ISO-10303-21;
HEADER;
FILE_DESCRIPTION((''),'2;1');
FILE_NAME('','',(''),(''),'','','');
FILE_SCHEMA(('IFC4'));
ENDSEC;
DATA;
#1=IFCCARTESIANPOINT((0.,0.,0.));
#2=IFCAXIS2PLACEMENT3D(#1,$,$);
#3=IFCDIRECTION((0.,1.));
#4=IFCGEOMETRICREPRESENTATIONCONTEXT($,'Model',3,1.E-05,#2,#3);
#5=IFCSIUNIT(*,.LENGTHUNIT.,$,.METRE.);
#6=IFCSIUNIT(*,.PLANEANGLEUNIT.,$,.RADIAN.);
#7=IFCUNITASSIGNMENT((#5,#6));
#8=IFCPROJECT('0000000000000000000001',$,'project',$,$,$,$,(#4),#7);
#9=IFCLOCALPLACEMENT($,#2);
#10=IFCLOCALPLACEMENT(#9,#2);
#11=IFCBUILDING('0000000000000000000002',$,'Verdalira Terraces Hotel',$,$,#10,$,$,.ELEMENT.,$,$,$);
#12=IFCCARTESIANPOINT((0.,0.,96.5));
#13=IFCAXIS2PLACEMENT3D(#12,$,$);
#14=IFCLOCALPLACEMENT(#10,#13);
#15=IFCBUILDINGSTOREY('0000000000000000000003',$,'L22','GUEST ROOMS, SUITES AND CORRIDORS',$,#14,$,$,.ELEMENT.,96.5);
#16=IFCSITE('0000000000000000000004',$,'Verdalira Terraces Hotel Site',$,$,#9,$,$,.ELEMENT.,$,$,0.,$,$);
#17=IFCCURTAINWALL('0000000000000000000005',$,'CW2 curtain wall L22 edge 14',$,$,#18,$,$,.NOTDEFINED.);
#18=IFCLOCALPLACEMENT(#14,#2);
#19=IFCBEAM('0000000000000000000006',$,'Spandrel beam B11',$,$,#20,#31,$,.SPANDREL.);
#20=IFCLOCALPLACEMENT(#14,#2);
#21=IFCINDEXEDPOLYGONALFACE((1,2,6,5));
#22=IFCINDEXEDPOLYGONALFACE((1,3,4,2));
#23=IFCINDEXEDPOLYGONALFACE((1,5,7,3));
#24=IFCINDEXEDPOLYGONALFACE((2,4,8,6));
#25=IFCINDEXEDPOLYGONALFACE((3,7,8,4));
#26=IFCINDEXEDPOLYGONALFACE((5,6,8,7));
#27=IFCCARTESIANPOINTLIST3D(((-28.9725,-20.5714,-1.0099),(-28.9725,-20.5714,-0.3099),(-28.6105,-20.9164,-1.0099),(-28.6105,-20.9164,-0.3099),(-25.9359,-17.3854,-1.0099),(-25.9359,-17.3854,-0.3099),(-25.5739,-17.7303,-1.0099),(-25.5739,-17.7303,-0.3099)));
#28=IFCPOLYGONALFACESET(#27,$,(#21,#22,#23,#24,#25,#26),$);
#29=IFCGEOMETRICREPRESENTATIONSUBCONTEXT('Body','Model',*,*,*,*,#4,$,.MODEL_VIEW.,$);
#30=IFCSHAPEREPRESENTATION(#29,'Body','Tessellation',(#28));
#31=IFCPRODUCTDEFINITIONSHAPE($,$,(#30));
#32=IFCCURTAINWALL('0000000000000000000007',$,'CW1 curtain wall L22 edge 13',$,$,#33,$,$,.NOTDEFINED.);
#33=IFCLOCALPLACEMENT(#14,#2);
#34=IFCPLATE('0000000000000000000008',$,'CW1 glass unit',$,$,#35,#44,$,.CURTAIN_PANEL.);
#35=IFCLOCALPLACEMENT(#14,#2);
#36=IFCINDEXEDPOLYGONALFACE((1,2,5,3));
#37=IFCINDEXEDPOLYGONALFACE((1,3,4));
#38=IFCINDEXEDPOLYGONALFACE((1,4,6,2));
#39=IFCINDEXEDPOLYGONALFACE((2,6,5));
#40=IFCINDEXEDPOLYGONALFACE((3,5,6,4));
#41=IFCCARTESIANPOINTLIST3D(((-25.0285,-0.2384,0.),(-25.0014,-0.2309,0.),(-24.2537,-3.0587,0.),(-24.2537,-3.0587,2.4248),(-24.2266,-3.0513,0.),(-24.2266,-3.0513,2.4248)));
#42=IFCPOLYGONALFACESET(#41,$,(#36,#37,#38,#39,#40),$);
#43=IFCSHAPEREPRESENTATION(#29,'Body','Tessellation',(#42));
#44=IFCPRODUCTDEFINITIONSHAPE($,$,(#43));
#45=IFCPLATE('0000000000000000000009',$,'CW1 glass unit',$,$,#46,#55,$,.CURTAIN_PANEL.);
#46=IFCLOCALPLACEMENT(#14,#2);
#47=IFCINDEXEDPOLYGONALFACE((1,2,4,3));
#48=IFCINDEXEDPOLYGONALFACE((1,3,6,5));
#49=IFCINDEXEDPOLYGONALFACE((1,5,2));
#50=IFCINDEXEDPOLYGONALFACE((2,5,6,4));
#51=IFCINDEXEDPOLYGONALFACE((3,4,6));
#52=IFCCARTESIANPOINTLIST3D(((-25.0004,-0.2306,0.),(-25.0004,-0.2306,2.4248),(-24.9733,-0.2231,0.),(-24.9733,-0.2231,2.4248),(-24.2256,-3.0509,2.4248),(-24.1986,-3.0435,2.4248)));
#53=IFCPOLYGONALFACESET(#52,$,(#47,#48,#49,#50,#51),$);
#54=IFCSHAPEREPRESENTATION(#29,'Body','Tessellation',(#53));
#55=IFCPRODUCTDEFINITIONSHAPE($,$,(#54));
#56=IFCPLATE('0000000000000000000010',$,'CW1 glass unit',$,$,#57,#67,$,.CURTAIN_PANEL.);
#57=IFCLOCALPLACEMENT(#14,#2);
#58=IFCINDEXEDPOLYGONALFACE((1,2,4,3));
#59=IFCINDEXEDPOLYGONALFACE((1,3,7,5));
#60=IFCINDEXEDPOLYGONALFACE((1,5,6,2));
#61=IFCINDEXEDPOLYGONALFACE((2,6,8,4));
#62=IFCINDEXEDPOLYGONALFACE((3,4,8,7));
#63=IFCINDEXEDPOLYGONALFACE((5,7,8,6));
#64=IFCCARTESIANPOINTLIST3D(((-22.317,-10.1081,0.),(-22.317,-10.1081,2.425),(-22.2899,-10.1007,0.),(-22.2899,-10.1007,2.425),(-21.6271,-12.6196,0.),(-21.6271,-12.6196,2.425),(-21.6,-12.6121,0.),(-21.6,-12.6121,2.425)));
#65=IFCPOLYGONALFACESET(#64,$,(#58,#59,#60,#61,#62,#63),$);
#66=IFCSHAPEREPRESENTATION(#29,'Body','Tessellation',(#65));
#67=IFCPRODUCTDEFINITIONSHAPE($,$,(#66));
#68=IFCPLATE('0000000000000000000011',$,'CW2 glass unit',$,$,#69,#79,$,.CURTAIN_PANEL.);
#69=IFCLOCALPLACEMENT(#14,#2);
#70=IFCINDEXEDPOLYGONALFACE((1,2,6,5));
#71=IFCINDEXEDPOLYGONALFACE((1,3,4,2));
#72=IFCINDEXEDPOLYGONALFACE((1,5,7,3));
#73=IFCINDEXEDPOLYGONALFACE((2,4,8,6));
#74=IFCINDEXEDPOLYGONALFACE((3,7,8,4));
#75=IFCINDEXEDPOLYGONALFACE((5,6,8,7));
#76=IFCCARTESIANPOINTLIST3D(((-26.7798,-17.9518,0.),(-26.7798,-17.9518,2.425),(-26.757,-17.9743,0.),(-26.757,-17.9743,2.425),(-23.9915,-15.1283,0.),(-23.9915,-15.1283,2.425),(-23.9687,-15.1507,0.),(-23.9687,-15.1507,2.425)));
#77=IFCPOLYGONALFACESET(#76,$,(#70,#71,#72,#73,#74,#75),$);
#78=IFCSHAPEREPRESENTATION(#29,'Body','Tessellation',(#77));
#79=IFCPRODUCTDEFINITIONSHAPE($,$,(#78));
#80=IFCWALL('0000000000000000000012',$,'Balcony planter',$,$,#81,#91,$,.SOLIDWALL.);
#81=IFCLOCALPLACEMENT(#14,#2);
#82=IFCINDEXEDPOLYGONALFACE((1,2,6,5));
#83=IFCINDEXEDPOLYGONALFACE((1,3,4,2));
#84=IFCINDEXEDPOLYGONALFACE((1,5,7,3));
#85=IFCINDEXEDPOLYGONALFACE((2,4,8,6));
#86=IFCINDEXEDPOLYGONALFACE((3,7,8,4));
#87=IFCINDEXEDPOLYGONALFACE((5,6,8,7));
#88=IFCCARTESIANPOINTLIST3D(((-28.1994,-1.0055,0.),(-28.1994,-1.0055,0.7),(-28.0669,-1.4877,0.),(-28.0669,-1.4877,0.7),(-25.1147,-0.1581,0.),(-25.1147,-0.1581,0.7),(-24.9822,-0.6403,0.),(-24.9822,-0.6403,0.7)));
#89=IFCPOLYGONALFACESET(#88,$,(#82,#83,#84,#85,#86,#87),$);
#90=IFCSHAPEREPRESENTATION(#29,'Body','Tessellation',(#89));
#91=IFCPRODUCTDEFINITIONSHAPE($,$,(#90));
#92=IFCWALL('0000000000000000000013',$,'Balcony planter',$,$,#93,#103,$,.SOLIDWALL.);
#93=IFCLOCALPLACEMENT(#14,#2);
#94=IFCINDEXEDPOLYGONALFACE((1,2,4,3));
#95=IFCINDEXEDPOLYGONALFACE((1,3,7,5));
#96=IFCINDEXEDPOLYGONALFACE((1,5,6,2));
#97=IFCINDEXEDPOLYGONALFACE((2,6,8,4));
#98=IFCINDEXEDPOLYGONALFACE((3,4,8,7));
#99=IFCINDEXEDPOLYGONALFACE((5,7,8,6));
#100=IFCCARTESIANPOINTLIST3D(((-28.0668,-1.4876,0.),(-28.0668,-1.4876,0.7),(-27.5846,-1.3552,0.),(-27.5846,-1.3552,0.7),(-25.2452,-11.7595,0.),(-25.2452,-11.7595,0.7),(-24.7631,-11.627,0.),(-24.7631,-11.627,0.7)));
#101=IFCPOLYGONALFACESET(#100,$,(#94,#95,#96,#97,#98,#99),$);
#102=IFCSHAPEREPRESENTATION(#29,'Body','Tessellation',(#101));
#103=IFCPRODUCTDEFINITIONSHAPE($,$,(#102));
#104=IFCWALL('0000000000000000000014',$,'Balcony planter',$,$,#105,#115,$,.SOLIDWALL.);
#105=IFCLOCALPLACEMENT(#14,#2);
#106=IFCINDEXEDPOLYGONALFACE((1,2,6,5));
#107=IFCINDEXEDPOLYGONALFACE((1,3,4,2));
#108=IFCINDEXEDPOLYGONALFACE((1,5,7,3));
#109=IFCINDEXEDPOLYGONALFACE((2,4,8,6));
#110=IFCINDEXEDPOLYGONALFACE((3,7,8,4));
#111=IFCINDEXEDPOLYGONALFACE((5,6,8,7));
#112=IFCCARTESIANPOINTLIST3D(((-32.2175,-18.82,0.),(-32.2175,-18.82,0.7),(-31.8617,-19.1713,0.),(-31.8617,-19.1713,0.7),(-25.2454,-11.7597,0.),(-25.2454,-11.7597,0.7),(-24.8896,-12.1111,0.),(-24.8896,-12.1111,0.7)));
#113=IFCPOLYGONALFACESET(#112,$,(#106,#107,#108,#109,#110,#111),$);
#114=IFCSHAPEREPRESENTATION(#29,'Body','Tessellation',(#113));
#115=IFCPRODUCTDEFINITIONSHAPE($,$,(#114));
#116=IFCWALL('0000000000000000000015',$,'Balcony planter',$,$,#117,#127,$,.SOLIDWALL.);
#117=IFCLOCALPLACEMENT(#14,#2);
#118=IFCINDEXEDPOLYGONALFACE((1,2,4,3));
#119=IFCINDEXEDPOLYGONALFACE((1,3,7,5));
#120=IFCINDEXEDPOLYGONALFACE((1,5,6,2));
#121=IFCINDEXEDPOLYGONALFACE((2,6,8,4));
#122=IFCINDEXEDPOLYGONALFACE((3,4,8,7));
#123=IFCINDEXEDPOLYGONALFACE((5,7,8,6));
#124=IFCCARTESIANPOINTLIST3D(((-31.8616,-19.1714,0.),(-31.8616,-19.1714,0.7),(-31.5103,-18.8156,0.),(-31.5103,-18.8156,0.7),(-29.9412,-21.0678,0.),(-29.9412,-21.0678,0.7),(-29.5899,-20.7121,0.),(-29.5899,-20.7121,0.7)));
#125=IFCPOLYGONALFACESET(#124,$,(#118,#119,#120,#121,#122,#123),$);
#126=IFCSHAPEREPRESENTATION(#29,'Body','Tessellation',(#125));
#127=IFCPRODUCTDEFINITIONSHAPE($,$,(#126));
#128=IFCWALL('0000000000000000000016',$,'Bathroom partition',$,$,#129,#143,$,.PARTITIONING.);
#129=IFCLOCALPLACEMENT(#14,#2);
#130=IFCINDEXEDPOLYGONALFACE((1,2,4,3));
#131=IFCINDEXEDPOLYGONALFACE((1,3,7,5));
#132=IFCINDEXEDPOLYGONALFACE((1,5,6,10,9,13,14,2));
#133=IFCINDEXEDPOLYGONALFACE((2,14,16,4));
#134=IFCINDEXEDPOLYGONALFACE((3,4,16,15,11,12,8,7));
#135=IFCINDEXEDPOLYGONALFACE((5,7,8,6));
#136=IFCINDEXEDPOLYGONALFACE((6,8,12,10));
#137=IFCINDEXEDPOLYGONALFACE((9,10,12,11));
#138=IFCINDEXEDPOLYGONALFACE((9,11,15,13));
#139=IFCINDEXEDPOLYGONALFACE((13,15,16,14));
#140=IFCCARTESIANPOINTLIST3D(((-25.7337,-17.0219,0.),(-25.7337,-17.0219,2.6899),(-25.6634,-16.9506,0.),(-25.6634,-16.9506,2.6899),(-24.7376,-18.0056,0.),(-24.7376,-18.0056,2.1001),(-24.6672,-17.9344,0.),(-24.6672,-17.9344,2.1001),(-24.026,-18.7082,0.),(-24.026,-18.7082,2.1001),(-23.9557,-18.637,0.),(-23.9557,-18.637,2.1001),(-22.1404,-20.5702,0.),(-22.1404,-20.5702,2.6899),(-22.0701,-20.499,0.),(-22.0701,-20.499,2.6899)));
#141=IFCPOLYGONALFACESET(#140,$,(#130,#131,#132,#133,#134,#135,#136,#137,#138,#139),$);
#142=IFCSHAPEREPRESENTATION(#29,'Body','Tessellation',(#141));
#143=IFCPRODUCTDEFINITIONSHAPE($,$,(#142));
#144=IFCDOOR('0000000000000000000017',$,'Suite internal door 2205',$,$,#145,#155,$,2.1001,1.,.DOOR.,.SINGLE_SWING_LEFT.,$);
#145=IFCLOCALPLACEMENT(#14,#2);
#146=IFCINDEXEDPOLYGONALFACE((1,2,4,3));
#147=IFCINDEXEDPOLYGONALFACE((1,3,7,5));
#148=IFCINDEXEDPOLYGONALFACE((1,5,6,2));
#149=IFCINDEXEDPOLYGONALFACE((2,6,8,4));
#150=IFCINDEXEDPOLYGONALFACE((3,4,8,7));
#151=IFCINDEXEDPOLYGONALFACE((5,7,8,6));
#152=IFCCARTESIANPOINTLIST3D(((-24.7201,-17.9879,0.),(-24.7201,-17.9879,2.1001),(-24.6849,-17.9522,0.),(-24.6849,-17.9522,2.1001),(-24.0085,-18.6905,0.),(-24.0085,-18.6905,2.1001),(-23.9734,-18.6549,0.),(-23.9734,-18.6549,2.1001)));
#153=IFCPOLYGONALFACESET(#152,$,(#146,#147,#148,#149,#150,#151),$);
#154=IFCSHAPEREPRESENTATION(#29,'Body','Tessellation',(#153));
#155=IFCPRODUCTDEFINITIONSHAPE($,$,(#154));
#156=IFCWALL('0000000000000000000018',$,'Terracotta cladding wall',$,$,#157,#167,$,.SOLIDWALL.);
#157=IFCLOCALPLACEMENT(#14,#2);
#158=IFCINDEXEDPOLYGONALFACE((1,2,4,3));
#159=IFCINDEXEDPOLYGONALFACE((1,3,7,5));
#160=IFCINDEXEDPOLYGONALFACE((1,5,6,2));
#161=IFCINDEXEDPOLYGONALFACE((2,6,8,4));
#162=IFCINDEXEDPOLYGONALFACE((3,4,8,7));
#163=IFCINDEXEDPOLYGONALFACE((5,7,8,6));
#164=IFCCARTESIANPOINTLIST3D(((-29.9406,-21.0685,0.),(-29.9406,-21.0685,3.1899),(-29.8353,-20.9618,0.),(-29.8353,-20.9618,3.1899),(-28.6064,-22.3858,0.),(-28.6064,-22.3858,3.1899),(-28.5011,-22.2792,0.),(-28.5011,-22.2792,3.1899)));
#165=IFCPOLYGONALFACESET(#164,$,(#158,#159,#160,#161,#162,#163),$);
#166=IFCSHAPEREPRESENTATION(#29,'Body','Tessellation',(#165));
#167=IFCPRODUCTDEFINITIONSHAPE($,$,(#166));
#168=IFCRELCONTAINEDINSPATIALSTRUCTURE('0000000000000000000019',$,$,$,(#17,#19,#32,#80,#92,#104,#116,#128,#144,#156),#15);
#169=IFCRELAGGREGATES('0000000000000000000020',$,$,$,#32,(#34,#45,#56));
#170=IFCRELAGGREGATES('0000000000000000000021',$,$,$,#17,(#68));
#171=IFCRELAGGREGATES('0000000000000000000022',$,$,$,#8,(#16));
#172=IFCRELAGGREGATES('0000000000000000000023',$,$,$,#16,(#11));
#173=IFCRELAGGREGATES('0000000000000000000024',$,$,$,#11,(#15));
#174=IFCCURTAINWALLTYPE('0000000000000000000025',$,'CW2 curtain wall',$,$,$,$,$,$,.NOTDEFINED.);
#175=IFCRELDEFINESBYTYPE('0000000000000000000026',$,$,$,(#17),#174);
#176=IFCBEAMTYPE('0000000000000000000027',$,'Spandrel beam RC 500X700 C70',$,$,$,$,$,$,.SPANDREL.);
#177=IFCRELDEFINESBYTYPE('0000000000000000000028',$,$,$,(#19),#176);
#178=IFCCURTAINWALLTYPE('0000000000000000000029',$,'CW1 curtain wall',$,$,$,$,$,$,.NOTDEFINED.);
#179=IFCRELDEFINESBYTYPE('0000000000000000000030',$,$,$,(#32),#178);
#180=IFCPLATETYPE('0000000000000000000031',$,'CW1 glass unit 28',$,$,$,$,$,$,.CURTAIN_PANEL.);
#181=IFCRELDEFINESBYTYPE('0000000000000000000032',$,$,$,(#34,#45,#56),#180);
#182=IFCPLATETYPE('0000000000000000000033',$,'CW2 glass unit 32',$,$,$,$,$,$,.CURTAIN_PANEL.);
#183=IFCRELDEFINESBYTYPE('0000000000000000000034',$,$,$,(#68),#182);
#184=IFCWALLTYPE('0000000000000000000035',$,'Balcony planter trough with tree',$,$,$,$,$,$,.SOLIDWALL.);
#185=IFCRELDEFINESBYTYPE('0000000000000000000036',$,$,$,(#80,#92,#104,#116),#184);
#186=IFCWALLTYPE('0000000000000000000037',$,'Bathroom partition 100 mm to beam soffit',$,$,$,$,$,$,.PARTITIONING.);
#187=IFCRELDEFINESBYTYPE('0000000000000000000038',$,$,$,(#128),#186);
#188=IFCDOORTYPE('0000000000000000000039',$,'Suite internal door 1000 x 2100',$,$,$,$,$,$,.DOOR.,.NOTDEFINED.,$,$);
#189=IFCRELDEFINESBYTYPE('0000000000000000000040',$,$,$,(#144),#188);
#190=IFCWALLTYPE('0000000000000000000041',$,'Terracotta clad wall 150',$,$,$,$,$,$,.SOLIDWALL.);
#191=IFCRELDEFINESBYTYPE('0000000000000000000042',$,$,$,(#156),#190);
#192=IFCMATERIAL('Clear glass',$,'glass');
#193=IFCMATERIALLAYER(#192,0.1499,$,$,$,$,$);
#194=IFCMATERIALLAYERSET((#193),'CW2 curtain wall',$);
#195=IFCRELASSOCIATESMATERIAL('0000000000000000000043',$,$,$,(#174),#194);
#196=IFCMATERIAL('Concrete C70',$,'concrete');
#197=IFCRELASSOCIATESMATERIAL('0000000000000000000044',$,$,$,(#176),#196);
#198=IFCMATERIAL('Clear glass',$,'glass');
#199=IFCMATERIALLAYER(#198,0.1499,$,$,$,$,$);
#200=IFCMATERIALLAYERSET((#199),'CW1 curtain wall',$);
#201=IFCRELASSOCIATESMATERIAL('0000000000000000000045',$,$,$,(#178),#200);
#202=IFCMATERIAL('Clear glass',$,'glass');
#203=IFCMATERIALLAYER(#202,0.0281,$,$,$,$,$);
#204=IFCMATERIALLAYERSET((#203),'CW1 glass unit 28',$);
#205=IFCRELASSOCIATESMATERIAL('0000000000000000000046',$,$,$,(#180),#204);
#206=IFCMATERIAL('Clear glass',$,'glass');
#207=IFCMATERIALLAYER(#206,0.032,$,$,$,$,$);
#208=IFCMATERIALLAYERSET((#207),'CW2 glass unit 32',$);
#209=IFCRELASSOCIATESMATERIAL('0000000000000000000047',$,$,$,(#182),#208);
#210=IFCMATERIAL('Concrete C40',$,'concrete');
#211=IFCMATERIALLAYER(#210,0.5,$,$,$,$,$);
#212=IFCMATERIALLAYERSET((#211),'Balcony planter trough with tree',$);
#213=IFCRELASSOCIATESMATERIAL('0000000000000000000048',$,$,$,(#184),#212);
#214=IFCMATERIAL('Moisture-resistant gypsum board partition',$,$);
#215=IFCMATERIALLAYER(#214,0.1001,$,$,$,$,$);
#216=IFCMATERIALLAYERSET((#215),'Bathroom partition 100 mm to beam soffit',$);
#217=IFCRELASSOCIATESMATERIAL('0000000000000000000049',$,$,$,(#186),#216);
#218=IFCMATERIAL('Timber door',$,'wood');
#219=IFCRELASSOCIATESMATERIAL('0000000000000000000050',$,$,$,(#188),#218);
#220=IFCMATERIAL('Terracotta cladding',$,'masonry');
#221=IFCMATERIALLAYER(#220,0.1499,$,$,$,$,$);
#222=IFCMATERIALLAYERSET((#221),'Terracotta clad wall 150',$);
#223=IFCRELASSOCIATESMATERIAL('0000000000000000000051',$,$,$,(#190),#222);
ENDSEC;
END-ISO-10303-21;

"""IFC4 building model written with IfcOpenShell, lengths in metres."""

from ifc_helpers import new_model, si_unit, direction, frame, frame_2d, origin, origin_2d, place, context, subcontext, project, spatial, polyline, rectangle, outline, extrude, material, layer, layer_set, material_profile, profile_set, type_object, element, fill, aggregate, save


model = new_model("IFC4")

# Units and contexts
model_context = context("Model", 3, precision=1e-05, world=origin(), true_north=direction((0.0, 1.0)))
body_context = subcontext(model_context, "Body", "Model", "MODEL_VIEW")
ifc_project = project(units=[si_unit("LENGTHUNIT", "METRE"), si_unit("PLANEANGLEUNIT", "RADIAN")], contexts=[model_context])

# Site, building, storey
site_placement = place(None, origin())
site = spatial("IfcSite", under=ifc_project, at=site_placement, Name="Verdalira Terraces Hotel Site", CompositionType="ELEMENT", RefElevation=0.0)
building_placement = place(site_placement, origin())
building = spatial("IfcBuilding", under=site, at=building_placement, Name="Verdalira Terraces Hotel", CompositionType="ELEMENT")
storey_placement = place(building_placement, frame((0.0, 0.0, 96.5)))
storey = spatial("IfcBuildingStorey", under=building, at=storey_placement, Name="L22", Description="GUEST ROOMS, SUITES AND CORRIDORS", CompositionType="ELEMENT", Elevation=96.5)

# Curtain wall
ifc_material_1 = material(Name="Clear glass", Category="glass")
ifc_layer_1 = layer(ifc_material_1, 0.1499)
ifc_layer_set_1 = layer_set([ifc_layer_1], Name="CW2 curtain wall")
curtain_wall_type_1 = type_object("IfcCurtainWallType", Name="CW2 curtain wall", PredefinedType="NOTDEFINED", material=ifc_layer_set_1)
curtain_wall_1_placement = place(storey_placement, origin())
curtain_wall_1 = element("IfcCurtainWall", 1, at=curtain_wall_1_placement, inside=storey, type_object=curtain_wall_type_1, Name="CW2 curtain wall L22 edge 14", PredefinedType="NOTDEFINED")

# Beam
ifc_material_2 = material(Name="Concrete C70", Category="concrete")
ifc_material_profile_1 = material_profile(ifc_material_2, rectangle(XDim=0.5, YDim=0.7, at=origin_2d()), Name="RC 500X700")
ifc_profile_set_1 = profile_set([ifc_material_profile_1], Name="Concrete C70")
beam_type_1 = type_object("IfcBeamType", Name="Spandrel beam RC 500X700 C70", PredefinedType="SPANDREL", material=ifc_profile_set_1)
beam_1_placement = place(storey_placement, frame((-25.7549, -17.5579, -0.6599), z_axis=(-0.689929, -0.723877, 0.0), x_axis=(0.723877, -0.689929, 0.0)))
element("IfcBeam", 2, at=beam_1_placement, inside=storey, type_object=beam_type_1, Name="Spandrel beam B11", PredefinedType="SPANDREL", context=body_context, shape_type="SweptSolid", body=[
    extrude(rectangle(XDim=0.5, YDim=0.7, at=origin_2d()), origin(), (0.0, 0.0, 1.0), 4.4014),
])

# Curtain wall, plates
ifc_material_3 = material(Name="Clear glass", Category="glass")
ifc_layer_2 = layer(ifc_material_3, 0.1499)
ifc_layer_set_2 = layer_set([ifc_layer_2], Name="CW1 curtain wall")
curtain_wall_type_2 = type_object("IfcCurtainWallType", Name="CW1 curtain wall", PredefinedType="NOTDEFINED", material=ifc_layer_set_2)
curtain_wall_2_placement = place(storey_placement, origin())
curtain_wall_2 = element("IfcCurtainWall", 3, at=curtain_wall_2_placement, inside=storey, type_object=curtain_wall_type_2, Name="CW1 curtain wall L22 edge 13", PredefinedType="NOTDEFINED")
ifc_material_4 = material(Name="Clear glass", Category="glass")
ifc_layer_3 = layer(ifc_material_4, 0.0281)
ifc_layer_set_3 = layer_set([ifc_layer_3], Name="CW1 glass unit 28")
plate_type_1 = type_object("IfcPlateType", Name="CW1 glass unit 28", PredefinedType="CURTAIN_PANEL", material=ifc_layer_set_3)
plate_1_placement = place(storey_placement, frame((-24.614, -1.6411, 1.2124), z_axis=(-0.964281, -0.264883, 0.0), x_axis=(0.264883, -0.964281, 0.0)))
plate_1 = element("IfcPlate", 4, at=plate_1_placement, type_object=plate_type_1, Name="CW1 glass unit", PredefinedType="CURTAIN_PANEL", context=body_context, shape_type="SweptSolid", body=[
    extrude(outline(polyline([(-1.4624, -1.2124), (1.4624, -1.2124), (1.4624, 1.2124), (-1.4624, -1.2124)])), origin(), (0.0, 0.0, 1.0), 0.0281),
])
plate_2_placement = place(storey_placement, frame((-24.5859, -1.6333, 1.2124), z_axis=(-0.964281, -0.264883, 0.0), x_axis=(0.264883, -0.964281, 0.0)))
plate_2 = element("IfcPlate", 5, at=plate_2_placement, type_object=plate_type_1, Name="CW1 glass unit", PredefinedType="CURTAIN_PANEL", context=body_context, shape_type="SweptSolid", body=[
    extrude(outline(polyline([(-1.4624, -1.2124), (1.4624, 1.2124), (-1.4624, 1.2124), (-1.4624, -1.2124)])), origin(), (0.0, 0.0, 1.0), 0.0281),
])
plate_3_placement = place(storey_placement, frame((-21.9585, -11.3601, 0.0), z_axis=(0.0, 0.0, 1.0), x_axis=(0.264883, -0.964281, 0.0)))
plate_3 = element("IfcPlate", 6, at=plate_3_placement, type_object=plate_type_1, Name="CW1 glass unit", PredefinedType="CURTAIN_PANEL", context=body_context, shape_type="SweptSolid", body=[
    extrude(rectangle(XDim=2.6045, YDim=0.0281, at=origin_2d()), origin(), (0.0, 0.0, 1.0), 2.425),
])
aggregate(curtain_wall_2, [plate_1, plate_2, plate_3])

# Plate
ifc_material_5 = material(Name="Clear glass", Category="glass")
ifc_layer_4 = layer(ifc_material_5, 0.032)
ifc_layer_set_4 = layer_set([ifc_layer_4], Name="CW2 glass unit 32")
plate_type_2 = type_object("IfcPlateType", Name="CW2 glass unit 32", PredefinedType="CURTAIN_PANEL", material=ifc_layer_set_4)
plate_4_placement = place(storey_placement, frame((-25.3743, -16.5513, 0.0), z_axis=(0.0, 0.0, 1.0), x_axis=(-0.70265, -0.711536, 0.0)))
plate_4 = element("IfcPlate", 7, at=plate_4_placement, type_object=plate_type_2, Name="CW2 glass unit", PredefinedType="CURTAIN_PANEL", context=body_context, shape_type="SweptSolid", body=[
    extrude(rectangle(XDim=3.9683, YDim=0.032, at=origin_2d()), origin(), (0.0, 0.0, 1.0), 2.425),
])
aggregate(curtain_wall_1, [plate_4])

# Walls
ifc_material_6 = material(Name="Concrete C40", Category="concrete")
ifc_layer_5 = layer(ifc_material_6, 0.5)
ifc_layer_set_5 = layer_set([ifc_layer_5], Name="Balcony planter trough with tree")
wall_type_1 = type_object("IfcWallType", Name="Balcony planter trough with tree", PredefinedType="SOLIDWALL", material=ifc_layer_set_5)
wall_1_placement = place(storey_placement, frame((-25.0483, -0.3992, 0.0), z_axis=(0.0, 0.0, 1.0), x_axis=(-0.964276, -0.264899, 0.0)))
element("IfcWall", 8, at=wall_1_placement, inside=storey, type_object=wall_type_1, Name="Balcony planter", PredefinedType="SOLIDWALL", context=body_context, shape_type="SweptSolid", body=[
    extrude(rectangle(XDim=3.199, YDim=0.5, at=frame_2d((1.5996, 0.0))), origin(), (0.0, 0.0, 1.0), 0.7),
])
wall_2_placement = place(storey_placement, frame((-27.8257, -1.4214, 0.0), z_axis=(0.0, 0.0, 1.0), x_axis=(0.264872, -0.964284, 0.0)))
element("IfcWall", 9, at=wall_2_placement, inside=storey, type_object=wall_type_1, Name="Balcony planter", PredefinedType="SOLIDWALL", context=body_context, shape_type="SweptSolid", body=[
    extrude(rectangle(XDim=10.6523, YDim=0.5, at=frame_2d((5.3262, 0.0))), origin(), (0.0, 0.0, 1.0), 0.7),
])
wall_3_placement = place(storey_placement, frame((-25.0674, -11.9353, 0.0), z_axis=(0.0, 0.0, 1.0), x_axis=(-0.702652, -0.711534, 0.0)))
element("IfcWall", 10, at=wall_3_placement, inside=storey, type_object=wall_type_1, Name="Balcony planter", PredefinedType="SOLIDWALL", context=body_context, shape_type="SweptSolid", body=[
    extrude(rectangle(XDim=9.9226, YDim=0.5, at=frame_2d((4.9614, 0.0))), origin(), (0.0, 0.0, 1.0), 0.7),
])
wall_4_placement = place(storey_placement, frame((-31.686, -18.9934, 0.0), z_axis=(0.0, 0.0, 1.0), x_axis=(0.711525, -0.702661, 0.0)))
element("IfcWall", 11, at=wall_4_placement, inside=storey, type_object=wall_type_1, Name="Balcony planter", PredefinedType="SOLIDWALL", context=body_context, shape_type="SweptSolid", body=[
    extrude(rectangle(XDim=2.699, YDim=0.5, at=frame_2d((1.3496, 0.0))), origin(), (0.0, 0.0, 1.0), 0.7),
])

# Wall, opening, door
ifc_material_7 = material(Name="Moisture-resistant gypsum board partition")
ifc_layer_6 = layer(ifc_material_7, 0.1001)
ifc_layer_set_6 = layer_set([ifc_layer_6], Name="Bathroom partition 100 mm to beam soffit")
wall_type_2 = type_object("IfcWallType", Name="Bathroom partition 100 mm to beam soffit", PredefinedType="PARTITIONING", material=ifc_layer_set_6)
wall_5_placement = place(storey_placement, frame((-25.6985, -16.9863, 0.0), z_axis=(0.0, 0.0, 1.0), x_axis=(0.711541, -0.702645, 0.0)))
wall_5 = element("IfcWall", 12, at=wall_5_placement, inside=storey, type_object=wall_type_2, Name="Bathroom partition", PredefinedType="PARTITIONING", context=body_context, shape_type="SweptSolid", body=[
    extrude(rectangle(XDim=5.05, YDim=0.1001, at=frame_2d((2.5249, 0.0))), origin(), (0.0, 0.0, 1.0), 2.6899),
])
opening_1_placement = place(wall_5_placement, frame((1.3999, 0.0, 0.0)))
opening_1 = element("IfcOpeningElement", 13, at=opening_1_placement, cuts=wall_5, PredefinedType="OPENING", context=body_context, shape_type="SweptSolid", body=[
    extrude(rectangle(XDim=1.0, YDim=2.1001, at=frame_2d((0.5, 1.05))), frame((0.0, 0.0601, 0.0), z_axis=(0.0, -1.0, 0.0), x_axis=(1.0, 0.0, 0.0)), (0.0, 0.0, 1.0), 0.1201),
])
ifc_material_8 = material(Name="Timber door", Category="wood")
door_type_1 = type_object("IfcDoorType", Name="Suite internal door 1000 x 2100", OperationType="NOTDEFINED", PredefinedType="DOOR", material=ifc_material_8)
door_1_placement = place(opening_1_placement, origin())
door_1 = element("IfcDoor", 14, at=door_1_placement, inside=storey, type_object=door_type_1, Name="Suite internal door 2205", OperationType="SINGLE_SWING_LEFT", OverallHeight=2.1001, OverallWidth=1.0, PredefinedType="DOOR", context=body_context, shape_type="SweptSolid", body=[
    extrude(rectangle(XDim=1.0, YDim=2.1001, at=frame_2d((0.5, 1.05))), frame((0.0, 0.0249, 0.0), z_axis=(0.0, -1.0, 0.0), x_axis=(1.0, 0.0, 0.0)), (0.0, 0.0, 1.0), 0.05),
])
fill(opening_1, door_1)

# Wall
ifc_material_9 = material(Name="Terracotta cladding", Category="masonry")
ifc_layer_7 = layer(ifc_material_9, 0.1499)
ifc_layer_set_7 = layer_set([ifc_layer_7], Name="Terracotta clad wall 150")
wall_type_3 = type_object("IfcWallType", Name="Terracotta clad wall 150", PredefinedType="SOLIDWALL", material=ifc_layer_set_7)
wall_6_placement = place(storey_placement, frame((-29.8879, -21.0151, 0.0), z_axis=(0.0, 0.0, 1.0), x_axis=(0.711585, -0.7026, 0.0)))
element("IfcWall", 15, at=wall_6_placement, inside=storey, type_object=wall_type_3, Name="Terracotta cladding wall", PredefinedType="SOLIDWALL", context=body_context, shape_type="SweptSolid", body=[
    extrude(rectangle(XDim=1.875, YDim=0.1499, at=frame_2d((0.9375, 0.0))), origin(), (0.0, 0.0, 1.0), 3.1899),
])

save(model, "model.ifc")
